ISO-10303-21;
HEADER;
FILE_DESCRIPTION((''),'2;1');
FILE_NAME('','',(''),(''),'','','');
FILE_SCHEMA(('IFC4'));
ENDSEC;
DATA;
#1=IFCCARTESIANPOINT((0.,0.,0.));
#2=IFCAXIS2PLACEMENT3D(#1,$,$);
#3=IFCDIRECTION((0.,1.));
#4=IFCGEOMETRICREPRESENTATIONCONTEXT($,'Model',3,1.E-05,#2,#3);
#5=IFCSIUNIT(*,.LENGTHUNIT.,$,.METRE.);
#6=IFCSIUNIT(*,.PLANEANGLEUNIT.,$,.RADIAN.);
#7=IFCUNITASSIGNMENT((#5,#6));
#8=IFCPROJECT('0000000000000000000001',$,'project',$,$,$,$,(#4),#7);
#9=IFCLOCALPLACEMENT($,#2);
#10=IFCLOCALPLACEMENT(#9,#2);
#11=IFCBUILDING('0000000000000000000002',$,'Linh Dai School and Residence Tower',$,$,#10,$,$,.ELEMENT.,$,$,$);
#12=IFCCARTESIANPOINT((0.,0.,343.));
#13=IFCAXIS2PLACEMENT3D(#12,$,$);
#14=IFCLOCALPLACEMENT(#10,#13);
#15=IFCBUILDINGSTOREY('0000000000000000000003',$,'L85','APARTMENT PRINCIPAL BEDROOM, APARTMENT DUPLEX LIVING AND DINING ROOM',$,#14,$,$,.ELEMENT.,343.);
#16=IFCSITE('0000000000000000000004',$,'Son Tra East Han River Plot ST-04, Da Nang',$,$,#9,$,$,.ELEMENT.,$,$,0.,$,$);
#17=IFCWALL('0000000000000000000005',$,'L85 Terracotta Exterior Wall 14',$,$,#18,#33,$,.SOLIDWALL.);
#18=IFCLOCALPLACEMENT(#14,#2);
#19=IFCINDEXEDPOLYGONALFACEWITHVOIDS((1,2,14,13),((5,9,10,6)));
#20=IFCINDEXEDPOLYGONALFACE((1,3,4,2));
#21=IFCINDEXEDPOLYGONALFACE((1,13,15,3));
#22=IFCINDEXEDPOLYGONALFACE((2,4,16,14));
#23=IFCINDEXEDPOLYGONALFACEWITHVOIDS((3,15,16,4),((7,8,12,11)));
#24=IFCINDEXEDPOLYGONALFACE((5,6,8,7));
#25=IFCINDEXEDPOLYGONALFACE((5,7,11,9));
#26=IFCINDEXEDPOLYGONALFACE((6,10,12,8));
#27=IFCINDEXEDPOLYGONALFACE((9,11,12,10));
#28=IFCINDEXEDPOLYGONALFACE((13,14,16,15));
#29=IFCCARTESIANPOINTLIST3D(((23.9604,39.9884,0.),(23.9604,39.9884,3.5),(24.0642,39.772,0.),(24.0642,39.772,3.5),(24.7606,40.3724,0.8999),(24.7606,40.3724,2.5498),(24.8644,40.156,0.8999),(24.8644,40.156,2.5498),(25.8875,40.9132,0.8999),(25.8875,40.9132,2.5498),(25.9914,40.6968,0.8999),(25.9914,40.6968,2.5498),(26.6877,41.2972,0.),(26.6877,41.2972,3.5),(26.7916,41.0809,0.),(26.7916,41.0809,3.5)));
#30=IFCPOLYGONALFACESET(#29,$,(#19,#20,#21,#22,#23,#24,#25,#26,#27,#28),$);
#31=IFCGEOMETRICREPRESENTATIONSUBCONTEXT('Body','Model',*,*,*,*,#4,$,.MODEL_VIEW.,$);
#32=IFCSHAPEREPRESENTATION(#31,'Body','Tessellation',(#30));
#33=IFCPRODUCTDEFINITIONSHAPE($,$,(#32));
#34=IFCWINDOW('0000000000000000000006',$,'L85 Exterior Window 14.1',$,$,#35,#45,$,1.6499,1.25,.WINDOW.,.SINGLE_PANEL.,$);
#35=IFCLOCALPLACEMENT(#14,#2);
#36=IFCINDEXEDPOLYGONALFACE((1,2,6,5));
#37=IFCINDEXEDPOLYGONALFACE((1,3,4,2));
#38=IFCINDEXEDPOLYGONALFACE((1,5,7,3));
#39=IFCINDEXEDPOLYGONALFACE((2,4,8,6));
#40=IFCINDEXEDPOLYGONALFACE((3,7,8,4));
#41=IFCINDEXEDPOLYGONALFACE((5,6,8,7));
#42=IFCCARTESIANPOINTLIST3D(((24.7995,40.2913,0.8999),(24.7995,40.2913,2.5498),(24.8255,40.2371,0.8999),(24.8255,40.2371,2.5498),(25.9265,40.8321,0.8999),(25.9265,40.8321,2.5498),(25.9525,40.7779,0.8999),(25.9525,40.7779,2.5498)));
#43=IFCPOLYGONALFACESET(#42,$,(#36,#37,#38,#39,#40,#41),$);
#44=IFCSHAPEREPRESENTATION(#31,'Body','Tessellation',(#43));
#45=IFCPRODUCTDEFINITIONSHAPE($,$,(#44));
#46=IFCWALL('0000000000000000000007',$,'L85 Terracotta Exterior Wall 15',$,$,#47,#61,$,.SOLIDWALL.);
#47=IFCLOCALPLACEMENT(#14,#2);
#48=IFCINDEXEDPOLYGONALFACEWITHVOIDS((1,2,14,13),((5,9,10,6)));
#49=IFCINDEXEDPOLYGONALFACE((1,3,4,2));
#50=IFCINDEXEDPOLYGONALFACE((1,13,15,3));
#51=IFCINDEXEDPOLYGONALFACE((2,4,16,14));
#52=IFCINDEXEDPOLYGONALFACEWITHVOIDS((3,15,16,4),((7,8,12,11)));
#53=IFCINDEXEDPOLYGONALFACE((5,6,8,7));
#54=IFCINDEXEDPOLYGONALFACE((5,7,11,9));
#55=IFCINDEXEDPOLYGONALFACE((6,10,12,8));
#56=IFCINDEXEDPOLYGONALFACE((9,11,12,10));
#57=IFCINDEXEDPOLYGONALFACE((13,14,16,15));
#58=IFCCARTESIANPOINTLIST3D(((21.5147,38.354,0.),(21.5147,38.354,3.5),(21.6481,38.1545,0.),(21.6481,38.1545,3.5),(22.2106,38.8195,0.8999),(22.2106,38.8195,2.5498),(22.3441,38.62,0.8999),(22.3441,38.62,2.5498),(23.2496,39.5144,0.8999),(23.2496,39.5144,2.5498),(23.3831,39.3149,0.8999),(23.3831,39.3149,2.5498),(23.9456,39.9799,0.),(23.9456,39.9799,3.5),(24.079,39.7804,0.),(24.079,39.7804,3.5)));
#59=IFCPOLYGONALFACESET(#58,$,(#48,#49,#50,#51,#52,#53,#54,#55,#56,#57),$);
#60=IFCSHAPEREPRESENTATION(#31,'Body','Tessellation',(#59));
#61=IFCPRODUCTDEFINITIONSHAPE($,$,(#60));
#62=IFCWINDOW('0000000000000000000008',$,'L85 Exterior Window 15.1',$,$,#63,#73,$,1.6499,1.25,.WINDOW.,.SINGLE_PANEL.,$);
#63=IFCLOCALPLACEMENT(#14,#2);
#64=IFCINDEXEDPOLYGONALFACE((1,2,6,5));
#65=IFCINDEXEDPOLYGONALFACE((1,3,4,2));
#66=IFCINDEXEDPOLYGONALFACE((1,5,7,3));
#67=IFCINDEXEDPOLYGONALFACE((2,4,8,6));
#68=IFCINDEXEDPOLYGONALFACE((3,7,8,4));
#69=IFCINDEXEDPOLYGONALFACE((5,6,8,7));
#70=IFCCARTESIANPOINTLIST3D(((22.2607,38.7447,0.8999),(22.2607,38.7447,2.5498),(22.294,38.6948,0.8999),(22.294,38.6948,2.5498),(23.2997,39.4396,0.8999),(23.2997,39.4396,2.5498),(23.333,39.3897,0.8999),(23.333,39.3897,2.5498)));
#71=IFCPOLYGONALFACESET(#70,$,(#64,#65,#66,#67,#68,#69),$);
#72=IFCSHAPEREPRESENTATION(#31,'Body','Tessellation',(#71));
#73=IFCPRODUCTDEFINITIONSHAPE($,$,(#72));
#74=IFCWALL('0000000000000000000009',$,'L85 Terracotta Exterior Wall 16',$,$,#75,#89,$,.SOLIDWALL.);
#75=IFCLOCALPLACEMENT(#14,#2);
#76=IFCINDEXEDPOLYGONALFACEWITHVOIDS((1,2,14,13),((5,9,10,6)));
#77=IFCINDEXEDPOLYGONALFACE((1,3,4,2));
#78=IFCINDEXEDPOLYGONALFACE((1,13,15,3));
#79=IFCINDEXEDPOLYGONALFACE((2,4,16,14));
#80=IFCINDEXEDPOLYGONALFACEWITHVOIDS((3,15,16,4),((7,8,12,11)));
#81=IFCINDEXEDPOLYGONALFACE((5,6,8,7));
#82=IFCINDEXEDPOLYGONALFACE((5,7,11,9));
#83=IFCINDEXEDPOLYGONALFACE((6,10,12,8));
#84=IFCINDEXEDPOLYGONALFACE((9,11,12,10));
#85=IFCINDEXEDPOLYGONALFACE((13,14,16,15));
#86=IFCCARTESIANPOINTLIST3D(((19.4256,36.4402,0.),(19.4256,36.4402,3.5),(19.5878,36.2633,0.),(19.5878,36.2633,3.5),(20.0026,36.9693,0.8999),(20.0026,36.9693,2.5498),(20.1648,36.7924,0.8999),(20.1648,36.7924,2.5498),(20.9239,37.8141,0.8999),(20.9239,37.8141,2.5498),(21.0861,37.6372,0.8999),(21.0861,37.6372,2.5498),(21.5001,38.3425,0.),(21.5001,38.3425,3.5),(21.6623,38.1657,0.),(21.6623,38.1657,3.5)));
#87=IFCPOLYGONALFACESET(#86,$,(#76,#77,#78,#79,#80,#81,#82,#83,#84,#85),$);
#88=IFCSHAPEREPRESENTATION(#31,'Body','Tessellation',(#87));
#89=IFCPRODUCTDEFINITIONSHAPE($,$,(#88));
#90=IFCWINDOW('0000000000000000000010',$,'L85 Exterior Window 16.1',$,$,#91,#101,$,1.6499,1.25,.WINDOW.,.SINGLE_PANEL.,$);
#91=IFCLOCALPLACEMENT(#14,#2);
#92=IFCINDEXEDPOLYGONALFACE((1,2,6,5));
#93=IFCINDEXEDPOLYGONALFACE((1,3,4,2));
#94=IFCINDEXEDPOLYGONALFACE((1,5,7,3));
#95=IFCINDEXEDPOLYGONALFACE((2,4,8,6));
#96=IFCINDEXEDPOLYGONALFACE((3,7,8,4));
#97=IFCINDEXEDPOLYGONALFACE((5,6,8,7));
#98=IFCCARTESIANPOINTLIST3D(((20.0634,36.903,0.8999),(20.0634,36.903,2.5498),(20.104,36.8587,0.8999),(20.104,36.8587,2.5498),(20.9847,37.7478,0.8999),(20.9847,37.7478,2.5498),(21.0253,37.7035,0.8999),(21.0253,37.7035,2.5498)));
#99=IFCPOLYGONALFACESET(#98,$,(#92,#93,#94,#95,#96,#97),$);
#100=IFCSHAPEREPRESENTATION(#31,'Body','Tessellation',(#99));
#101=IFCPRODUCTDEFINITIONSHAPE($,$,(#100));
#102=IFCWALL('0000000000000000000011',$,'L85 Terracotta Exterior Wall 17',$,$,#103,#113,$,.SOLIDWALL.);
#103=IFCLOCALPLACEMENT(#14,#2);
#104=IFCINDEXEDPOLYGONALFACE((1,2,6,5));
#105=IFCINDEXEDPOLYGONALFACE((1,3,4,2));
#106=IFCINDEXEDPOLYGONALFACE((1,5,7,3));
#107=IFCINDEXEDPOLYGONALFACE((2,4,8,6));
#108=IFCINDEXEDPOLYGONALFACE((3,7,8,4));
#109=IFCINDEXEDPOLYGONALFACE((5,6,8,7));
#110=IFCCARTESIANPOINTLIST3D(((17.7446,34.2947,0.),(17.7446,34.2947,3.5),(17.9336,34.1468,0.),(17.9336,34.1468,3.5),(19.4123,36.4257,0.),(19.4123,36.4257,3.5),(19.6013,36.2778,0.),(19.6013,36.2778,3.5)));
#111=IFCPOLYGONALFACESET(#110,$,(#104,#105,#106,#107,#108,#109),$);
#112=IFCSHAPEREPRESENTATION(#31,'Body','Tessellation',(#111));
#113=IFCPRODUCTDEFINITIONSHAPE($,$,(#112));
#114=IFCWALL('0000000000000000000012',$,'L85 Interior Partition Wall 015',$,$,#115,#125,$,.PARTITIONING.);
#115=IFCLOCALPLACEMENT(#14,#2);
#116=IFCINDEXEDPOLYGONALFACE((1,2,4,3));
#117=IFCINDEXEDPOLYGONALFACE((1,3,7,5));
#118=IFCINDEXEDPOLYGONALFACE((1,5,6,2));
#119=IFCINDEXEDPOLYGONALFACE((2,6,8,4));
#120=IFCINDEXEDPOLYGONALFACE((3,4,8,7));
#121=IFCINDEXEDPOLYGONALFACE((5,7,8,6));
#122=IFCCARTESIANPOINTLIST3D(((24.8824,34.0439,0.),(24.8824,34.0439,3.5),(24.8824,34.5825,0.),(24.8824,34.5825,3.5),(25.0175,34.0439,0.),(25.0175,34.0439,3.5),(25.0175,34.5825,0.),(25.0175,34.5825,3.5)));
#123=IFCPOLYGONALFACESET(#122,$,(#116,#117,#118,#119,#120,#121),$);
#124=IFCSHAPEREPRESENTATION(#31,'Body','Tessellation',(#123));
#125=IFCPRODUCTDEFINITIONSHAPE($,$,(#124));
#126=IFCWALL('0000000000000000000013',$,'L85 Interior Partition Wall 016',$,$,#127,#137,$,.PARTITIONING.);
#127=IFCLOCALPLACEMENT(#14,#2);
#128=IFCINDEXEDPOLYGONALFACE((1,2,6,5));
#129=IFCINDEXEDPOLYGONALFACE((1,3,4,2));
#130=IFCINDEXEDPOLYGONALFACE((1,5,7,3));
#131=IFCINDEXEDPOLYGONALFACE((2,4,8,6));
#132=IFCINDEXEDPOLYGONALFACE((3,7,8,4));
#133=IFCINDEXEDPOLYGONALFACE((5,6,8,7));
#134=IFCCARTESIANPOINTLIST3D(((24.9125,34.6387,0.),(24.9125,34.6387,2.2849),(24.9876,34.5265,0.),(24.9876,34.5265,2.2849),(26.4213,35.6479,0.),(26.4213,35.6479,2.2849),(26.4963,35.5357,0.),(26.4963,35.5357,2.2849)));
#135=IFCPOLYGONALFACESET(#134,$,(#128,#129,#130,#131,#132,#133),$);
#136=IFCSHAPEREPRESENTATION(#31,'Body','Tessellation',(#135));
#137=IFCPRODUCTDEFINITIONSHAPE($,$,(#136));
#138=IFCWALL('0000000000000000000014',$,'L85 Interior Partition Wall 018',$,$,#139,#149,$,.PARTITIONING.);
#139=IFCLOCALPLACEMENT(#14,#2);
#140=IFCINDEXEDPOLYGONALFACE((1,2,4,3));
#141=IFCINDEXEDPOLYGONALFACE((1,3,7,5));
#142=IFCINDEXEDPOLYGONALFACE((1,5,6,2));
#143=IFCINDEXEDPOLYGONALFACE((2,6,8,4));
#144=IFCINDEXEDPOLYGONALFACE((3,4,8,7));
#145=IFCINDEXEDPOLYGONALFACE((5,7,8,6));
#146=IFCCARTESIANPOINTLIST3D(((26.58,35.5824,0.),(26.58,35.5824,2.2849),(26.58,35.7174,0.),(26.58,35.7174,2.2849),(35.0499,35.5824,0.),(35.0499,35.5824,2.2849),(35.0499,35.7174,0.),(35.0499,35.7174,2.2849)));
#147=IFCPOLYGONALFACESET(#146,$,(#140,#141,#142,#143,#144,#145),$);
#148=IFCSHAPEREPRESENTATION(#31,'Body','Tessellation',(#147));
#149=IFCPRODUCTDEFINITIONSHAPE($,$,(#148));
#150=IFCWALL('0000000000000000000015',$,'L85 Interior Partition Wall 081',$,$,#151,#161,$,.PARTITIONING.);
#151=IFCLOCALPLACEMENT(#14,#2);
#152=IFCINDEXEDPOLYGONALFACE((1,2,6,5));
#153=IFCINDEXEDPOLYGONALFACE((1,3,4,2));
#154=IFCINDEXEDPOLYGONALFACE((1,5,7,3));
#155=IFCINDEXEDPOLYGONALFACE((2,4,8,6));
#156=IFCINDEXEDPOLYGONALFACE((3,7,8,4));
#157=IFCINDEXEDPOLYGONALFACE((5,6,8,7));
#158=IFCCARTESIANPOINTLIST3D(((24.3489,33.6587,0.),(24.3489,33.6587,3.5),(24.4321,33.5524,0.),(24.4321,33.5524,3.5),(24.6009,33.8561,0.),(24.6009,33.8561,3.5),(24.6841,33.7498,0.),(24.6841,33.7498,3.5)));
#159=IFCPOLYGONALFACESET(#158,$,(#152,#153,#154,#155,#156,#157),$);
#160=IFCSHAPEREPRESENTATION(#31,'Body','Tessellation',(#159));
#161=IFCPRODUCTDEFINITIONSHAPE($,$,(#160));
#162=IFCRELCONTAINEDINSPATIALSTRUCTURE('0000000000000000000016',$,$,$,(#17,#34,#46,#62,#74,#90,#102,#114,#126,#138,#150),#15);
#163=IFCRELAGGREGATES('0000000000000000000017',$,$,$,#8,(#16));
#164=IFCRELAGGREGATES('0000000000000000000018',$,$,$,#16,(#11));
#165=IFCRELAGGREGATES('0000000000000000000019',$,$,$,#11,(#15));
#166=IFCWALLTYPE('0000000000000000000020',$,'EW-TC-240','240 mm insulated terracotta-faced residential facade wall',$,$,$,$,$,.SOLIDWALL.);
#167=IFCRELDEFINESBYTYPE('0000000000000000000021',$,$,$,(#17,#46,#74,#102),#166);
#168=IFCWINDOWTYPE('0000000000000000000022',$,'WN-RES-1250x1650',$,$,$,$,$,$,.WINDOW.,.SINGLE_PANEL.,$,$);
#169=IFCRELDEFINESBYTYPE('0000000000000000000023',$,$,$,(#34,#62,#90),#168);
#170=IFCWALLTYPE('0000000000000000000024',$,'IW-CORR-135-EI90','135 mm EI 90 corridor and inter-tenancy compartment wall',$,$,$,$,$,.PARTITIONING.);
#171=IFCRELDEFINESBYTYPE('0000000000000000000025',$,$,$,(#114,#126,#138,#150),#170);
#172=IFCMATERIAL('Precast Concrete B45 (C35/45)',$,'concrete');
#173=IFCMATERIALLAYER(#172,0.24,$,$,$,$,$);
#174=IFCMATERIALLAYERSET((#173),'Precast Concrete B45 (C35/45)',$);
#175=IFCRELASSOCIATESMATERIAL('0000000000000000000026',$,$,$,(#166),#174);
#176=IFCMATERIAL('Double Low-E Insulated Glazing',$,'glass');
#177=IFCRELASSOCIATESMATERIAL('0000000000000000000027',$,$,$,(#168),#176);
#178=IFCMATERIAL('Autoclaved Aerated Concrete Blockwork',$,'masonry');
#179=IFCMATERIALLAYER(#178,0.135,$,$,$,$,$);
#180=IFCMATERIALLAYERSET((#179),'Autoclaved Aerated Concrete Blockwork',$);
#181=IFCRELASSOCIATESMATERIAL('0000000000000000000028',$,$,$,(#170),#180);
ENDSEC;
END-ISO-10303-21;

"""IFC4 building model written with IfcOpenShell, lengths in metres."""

from ifc_helpers import new_model, si_unit, direction, frame, frame_2d, origin, origin_2d, place, context, subcontext, project, spatial, rectangle, extrude, source, transform, mapped, material, layer, layer_set, type_object, element, fill, save


model = new_model("IFC4")

# Units and contexts
model_context = context("Model", 3, precision=1e-05, world=origin(), true_north=direction((0.0, 1.0)))
body_context = subcontext(model_context, "Body", "Model", "MODEL_VIEW")
ifc_project = project(units=[si_unit("LENGTHUNIT", "METRE"), si_unit("PLANEANGLEUNIT", "RADIAN")], contexts=[model_context])

# Site, building, storey
site_placement = place(None, origin())
site = spatial("IfcSite", under=ifc_project, at=site_placement, Name="Son Tra East Han River Plot ST-04, Da Nang", CompositionType="ELEMENT", RefElevation=0.0)
building_placement = place(site_placement, origin())
building = spatial("IfcBuilding", under=site, at=building_placement, Name="Linh Dai School and Residence Tower", CompositionType="ELEMENT")
storey_placement = place(building_placement, frame((0.0, 0.0, 343.0)))
storey = spatial("IfcBuildingStorey", under=building, at=storey_placement, Name="L85", Description="APARTMENT PRINCIPAL BEDROOM, APARTMENT DUPLEX LIVING AND DINING ROOM", CompositionType="ELEMENT", Elevation=343.0)

# Shared definitions
ifc_material_1 = material(Name="Precast Concrete B45 (C35/45)", Category="concrete")

# Walls, openings, windows
ifc_layer_1 = layer(ifc_material_1, 0.24)
ifc_layer_set_1 = layer_set([ifc_layer_1], Name="Precast Concrete B45 (C35/45)")
wall_type_1 = type_object("IfcWallType", Name="EW-TC-240", Description="240 mm insulated terracotta-faced residential facade wall", PredefinedType="SOLIDWALL", material=ifc_layer_set_1)
ifc_material_2 = material(Name="Double Low-E Insulated Glazing", Category="glass")
wall_1_placement = place(storey_placement, frame((24.0122, 39.8801, 0.0), z_axis=(0.0, 0.0, 1.0), x_axis=(0.901557, 0.43266, 0.0)))
wall_1 = element("IfcWall", 1, at=wall_1_placement, inside=storey, type_object=wall_type_1, Name="L85 Terracotta Exterior Wall 14", PredefinedType="SOLIDWALL", context=body_context, shape_type="SweptSolid", body=[
    extrude(rectangle(XDim=3.0251, YDim=0.24, at=frame_2d((1.5127, 0.0))), origin(), (0.0, 0.0, 1.0), 3.5),
])
opening_1_placement = place(wall_1_placement, frame((0.8877, 0.0, 0.8999)))
opening_1 = element("IfcOpeningElement", 2, at=opening_1_placement, cuts=wall_1, PredefinedType="OPENING", context=body_context, shape_type="SweptSolid", body=[
    extrude(rectangle(XDim=1.25, YDim=1.6499, at=origin_2d()), frame((0.625, 0.1299, 0.825), z_axis=(0.0, -1.0, 0.0), x_axis=(1.0, 0.0, 0.0)), (0.0, 0.0, 1.0), 0.26),
])
window_type_1 = type_object("IfcWindowType", Name="WN-RES-1250x1650", PartitioningType="SINGLE_PANEL", PredefinedType="WINDOW", material=ifc_material_2)
shared_shape_1 = source(origin(), body_context, "Body", "SweptSolid", [
    extrude(rectangle(XDim=1.25, YDim=1.6499, at=origin_2d()), frame((0.625, 0.03, 0.825), z_axis=(0.0, -1.0, 0.0), x_axis=(1.0, 0.0, 0.0)), (0.0, 0.0, 1.0), 0.0601),
])
window_1_placement = place(opening_1_placement, origin())
window_1 = element("IfcWindow", 3, at=window_1_placement, inside=storey, type_object=window_type_1, Name="L85 Exterior Window 14.1", OverallHeight=1.6499, OverallWidth=1.25, PartitioningType="SINGLE_PANEL", PredefinedType="WINDOW", context=body_context, shape_type="MappedRepresentation", body=[
    mapped(shared_shape_1, transform((0.0, 0.0, 0.0), x_axis=(1.0, 0.0, 0.0), y_axis=(0.0, 1.0, 0.0), z_axis=(0.0, 0.0, 1.0), scale=1.0)),
])
fill(opening_1, window_1)
wall_2_placement = place(storey_placement, frame((21.5813, 38.2542, 0.0), z_axis=(0.0, 0.0, 1.0), x_axis=(0.831202, 0.555971, 0.0)))
wall_2 = element("IfcWall", 4, at=wall_2_placement, inside=storey, type_object=wall_type_1, Name="L85 Terracotta Exterior Wall 15", PredefinedType="SOLIDWALL", context=body_context, shape_type="SweptSolid", body=[
    extrude(rectangle(XDim=2.9246, YDim=0.24, at=frame_2d((1.4624, 0.0))), origin(), (0.0, 0.0, 1.0), 3.5),
])
opening_2_placement = place(wall_2_placement, frame((0.8374, 0.0, 0.8999)))
opening_2 = element("IfcOpeningElement", 5, at=opening_2_placement, cuts=wall_2, PredefinedType="OPENING", context=body_context, shape_type="SweptSolid", body=[
    extrude(rectangle(XDim=1.25, YDim=1.6499, at=origin_2d()), frame((0.625, 0.1299, 0.825), z_axis=(0.0, -1.0, 0.0), x_axis=(1.0, 0.0, 0.0)), (0.0, 0.0, 1.0), 0.26),
])
window_2_placement = place(opening_2_placement, origin())
window_2 = element("IfcWindow", 6, at=window_2_placement, inside=storey, type_object=window_type_1, Name="L85 Exterior Window 15.1", OverallHeight=1.6499, OverallWidth=1.25, PartitioningType="SINGLE_PANEL", PredefinedType="WINDOW", context=body_context, shape_type="MappedRepresentation", body=[
    mapped(shared_shape_1, transform((0.0, 0.0, 0.0), x_axis=(1.0, 0.0, 0.0), y_axis=(0.0, 1.0, 0.0), z_axis=(0.0, 0.0, 1.0), scale=1.0)),
])
fill(opening_2, window_2)
wall_3_placement = place(storey_placement, frame((19.5068, 36.3518, 0.0), z_axis=(0.0, 0.0, 1.0), x_axis=(0.737021, 0.67587, 0.0)))
wall_3 = element("IfcWall", 7, at=wall_3_placement, inside=storey, type_object=wall_type_1, Name="L85 Terracotta Exterior Wall 16", PredefinedType="SOLIDWALL", context=body_context, shape_type="SweptSolid", body=[
    extrude(rectangle(XDim=2.8147, YDim=0.24, at=frame_2d((1.4072, 0.0))), origin(), (0.0, 0.0, 1.0), 3.5),
])
opening_3_placement = place(wall_3_placement, frame((0.7827, 0.0, 0.8999)))
opening_3 = element("IfcOpeningElement", 8, at=opening_3_placement, cuts=wall_3, PredefinedType="OPENING", context=body_context, shape_type="SweptSolid", body=[
    extrude(rectangle(XDim=1.25, YDim=1.6499, at=origin_2d()), frame((0.625, 0.1299, 0.825), z_axis=(0.0, -1.0, 0.0), x_axis=(1.0, 0.0, 0.0)), (0.0, 0.0, 1.0), 0.26),
])
window_3_placement = place(opening_3_placement, origin())
window_3 = element("IfcWindow", 9, at=window_3_placement, inside=storey, type_object=window_type_1, Name="L85 Exterior Window 16.1", OverallHeight=1.6499, OverallWidth=1.25, PartitioningType="SINGLE_PANEL", PredefinedType="WINDOW", context=body_context, shape_type="MappedRepresentation", body=[
    mapped(shared_shape_1, transform((0.0, 0.0, 0.0), x_axis=(1.0, 0.0, 0.0), y_axis=(0.0, 1.0, 0.0), z_axis=(0.0, 0.0, 1.0), scale=1.0)),
])
fill(opening_3, window_3)

# Walls
wall_4_placement = place(storey_placement, frame((17.8391, 34.2207, 0.0), z_axis=(0.0, 0.0, 1.0), x_axis=(0.616286, 0.787522, 0.0)))
element("IfcWall", 10, at=wall_4_placement, inside=storey, type_object=wall_type_1, Name="L85 Terracotta Exterior Wall 17", PredefinedType="SOLIDWALL", context=body_context, shape_type="SweptSolid", body=[
    extrude(rectangle(XDim=2.7061, YDim=0.24, at=frame_2d((1.353, 0.0))), origin(), (0.0, 0.0, 1.0), 3.5),
])
ifc_material_3 = material(Name="Autoclaved Aerated Concrete Blockwork", Category="masonry")
ifc_layer_2 = layer(ifc_material_3, 0.135)
ifc_layer_set_2 = layer_set([ifc_layer_2], Name="Autoclaved Aerated Concrete Blockwork")
wall_type_2 = type_object("IfcWallType", Name="IW-CORR-135-EI90", Description="135 mm EI 90 corridor and inter-tenancy compartment wall", PredefinedType="PARTITIONING", material=ifc_layer_set_2)
wall_5_placement = place(storey_placement, frame((24.95, 34.0439, 0.0), z_axis=(0.0, 0.0, 1.0), x_axis=(0.0, 1.0, 0.0)))
element("IfcWall", 11, at=wall_5_placement, inside=storey, type_object=wall_type_2, Name="L85 Interior Partition Wall 015", PredefinedType="PARTITIONING", context=body_context, shape_type="SweptSolid", body=[
    extrude(rectangle(XDim=0.5386, YDim=0.135, at=frame_2d((0.2693, 0.0))), origin(), (0.0, 0.0, 1.0), 3.5),
])
wall_6_placement = place(storey_placement, frame((24.95, 34.5825, 0.0), z_axis=(0.0, 0.0, 1.0), x_axis=(0.83118, 0.556003, 0.0)))
element("IfcWall", 12, at=wall_6_placement, inside=storey, type_object=wall_type_2, Name="L85 Interior Partition Wall 016", PredefinedType="PARTITIONING", context=body_context, shape_type="SweptSolid", body=[
    extrude(rectangle(XDim=1.8152, YDim=0.135, at=frame_2d((0.9077, 0.0))), origin(), (0.0, 0.0, 1.0), 2.2849),
])
wall_7_placement = place(storey_placement, frame((26.5801, 35.6499, 0.0), z_axis=(0.0, 0.0, 1.0), x_axis=(1.0, 0.0, 0.0)))
element("IfcWall", 13, at=wall_7_placement, inside=storey, type_object=wall_type_2, Name="L85 Interior Partition Wall 018", PredefinedType="PARTITIONING", context=body_context, shape_type="SweptSolid", body=[
    extrude(rectangle(XDim=8.47, YDim=0.135, at=frame_2d((4.2349, 0.0))), origin(), (0.0, 0.0, 1.0), 2.2849),
])
wall_8_placement = place(storey_placement, frame((24.6426, 33.803, 0.0), z_axis=(0.0, 0.0, 1.0), x_axis=(-0.787376, -0.616473, 0.0)))
element("IfcWall", 14, at=wall_8_placement, inside=storey, type_object=wall_type_2, Name="L85 Interior Partition Wall 081", PredefinedType="PARTITIONING", context=body_context, shape_type="SweptSolid", body=[
    extrude(rectangle(XDim=0.3201, YDim=0.135, at=frame_2d((0.1602, 0.0))), origin(), (0.0, 0.0, 1.0), 3.5),
])

save(model, "model.ifc")
